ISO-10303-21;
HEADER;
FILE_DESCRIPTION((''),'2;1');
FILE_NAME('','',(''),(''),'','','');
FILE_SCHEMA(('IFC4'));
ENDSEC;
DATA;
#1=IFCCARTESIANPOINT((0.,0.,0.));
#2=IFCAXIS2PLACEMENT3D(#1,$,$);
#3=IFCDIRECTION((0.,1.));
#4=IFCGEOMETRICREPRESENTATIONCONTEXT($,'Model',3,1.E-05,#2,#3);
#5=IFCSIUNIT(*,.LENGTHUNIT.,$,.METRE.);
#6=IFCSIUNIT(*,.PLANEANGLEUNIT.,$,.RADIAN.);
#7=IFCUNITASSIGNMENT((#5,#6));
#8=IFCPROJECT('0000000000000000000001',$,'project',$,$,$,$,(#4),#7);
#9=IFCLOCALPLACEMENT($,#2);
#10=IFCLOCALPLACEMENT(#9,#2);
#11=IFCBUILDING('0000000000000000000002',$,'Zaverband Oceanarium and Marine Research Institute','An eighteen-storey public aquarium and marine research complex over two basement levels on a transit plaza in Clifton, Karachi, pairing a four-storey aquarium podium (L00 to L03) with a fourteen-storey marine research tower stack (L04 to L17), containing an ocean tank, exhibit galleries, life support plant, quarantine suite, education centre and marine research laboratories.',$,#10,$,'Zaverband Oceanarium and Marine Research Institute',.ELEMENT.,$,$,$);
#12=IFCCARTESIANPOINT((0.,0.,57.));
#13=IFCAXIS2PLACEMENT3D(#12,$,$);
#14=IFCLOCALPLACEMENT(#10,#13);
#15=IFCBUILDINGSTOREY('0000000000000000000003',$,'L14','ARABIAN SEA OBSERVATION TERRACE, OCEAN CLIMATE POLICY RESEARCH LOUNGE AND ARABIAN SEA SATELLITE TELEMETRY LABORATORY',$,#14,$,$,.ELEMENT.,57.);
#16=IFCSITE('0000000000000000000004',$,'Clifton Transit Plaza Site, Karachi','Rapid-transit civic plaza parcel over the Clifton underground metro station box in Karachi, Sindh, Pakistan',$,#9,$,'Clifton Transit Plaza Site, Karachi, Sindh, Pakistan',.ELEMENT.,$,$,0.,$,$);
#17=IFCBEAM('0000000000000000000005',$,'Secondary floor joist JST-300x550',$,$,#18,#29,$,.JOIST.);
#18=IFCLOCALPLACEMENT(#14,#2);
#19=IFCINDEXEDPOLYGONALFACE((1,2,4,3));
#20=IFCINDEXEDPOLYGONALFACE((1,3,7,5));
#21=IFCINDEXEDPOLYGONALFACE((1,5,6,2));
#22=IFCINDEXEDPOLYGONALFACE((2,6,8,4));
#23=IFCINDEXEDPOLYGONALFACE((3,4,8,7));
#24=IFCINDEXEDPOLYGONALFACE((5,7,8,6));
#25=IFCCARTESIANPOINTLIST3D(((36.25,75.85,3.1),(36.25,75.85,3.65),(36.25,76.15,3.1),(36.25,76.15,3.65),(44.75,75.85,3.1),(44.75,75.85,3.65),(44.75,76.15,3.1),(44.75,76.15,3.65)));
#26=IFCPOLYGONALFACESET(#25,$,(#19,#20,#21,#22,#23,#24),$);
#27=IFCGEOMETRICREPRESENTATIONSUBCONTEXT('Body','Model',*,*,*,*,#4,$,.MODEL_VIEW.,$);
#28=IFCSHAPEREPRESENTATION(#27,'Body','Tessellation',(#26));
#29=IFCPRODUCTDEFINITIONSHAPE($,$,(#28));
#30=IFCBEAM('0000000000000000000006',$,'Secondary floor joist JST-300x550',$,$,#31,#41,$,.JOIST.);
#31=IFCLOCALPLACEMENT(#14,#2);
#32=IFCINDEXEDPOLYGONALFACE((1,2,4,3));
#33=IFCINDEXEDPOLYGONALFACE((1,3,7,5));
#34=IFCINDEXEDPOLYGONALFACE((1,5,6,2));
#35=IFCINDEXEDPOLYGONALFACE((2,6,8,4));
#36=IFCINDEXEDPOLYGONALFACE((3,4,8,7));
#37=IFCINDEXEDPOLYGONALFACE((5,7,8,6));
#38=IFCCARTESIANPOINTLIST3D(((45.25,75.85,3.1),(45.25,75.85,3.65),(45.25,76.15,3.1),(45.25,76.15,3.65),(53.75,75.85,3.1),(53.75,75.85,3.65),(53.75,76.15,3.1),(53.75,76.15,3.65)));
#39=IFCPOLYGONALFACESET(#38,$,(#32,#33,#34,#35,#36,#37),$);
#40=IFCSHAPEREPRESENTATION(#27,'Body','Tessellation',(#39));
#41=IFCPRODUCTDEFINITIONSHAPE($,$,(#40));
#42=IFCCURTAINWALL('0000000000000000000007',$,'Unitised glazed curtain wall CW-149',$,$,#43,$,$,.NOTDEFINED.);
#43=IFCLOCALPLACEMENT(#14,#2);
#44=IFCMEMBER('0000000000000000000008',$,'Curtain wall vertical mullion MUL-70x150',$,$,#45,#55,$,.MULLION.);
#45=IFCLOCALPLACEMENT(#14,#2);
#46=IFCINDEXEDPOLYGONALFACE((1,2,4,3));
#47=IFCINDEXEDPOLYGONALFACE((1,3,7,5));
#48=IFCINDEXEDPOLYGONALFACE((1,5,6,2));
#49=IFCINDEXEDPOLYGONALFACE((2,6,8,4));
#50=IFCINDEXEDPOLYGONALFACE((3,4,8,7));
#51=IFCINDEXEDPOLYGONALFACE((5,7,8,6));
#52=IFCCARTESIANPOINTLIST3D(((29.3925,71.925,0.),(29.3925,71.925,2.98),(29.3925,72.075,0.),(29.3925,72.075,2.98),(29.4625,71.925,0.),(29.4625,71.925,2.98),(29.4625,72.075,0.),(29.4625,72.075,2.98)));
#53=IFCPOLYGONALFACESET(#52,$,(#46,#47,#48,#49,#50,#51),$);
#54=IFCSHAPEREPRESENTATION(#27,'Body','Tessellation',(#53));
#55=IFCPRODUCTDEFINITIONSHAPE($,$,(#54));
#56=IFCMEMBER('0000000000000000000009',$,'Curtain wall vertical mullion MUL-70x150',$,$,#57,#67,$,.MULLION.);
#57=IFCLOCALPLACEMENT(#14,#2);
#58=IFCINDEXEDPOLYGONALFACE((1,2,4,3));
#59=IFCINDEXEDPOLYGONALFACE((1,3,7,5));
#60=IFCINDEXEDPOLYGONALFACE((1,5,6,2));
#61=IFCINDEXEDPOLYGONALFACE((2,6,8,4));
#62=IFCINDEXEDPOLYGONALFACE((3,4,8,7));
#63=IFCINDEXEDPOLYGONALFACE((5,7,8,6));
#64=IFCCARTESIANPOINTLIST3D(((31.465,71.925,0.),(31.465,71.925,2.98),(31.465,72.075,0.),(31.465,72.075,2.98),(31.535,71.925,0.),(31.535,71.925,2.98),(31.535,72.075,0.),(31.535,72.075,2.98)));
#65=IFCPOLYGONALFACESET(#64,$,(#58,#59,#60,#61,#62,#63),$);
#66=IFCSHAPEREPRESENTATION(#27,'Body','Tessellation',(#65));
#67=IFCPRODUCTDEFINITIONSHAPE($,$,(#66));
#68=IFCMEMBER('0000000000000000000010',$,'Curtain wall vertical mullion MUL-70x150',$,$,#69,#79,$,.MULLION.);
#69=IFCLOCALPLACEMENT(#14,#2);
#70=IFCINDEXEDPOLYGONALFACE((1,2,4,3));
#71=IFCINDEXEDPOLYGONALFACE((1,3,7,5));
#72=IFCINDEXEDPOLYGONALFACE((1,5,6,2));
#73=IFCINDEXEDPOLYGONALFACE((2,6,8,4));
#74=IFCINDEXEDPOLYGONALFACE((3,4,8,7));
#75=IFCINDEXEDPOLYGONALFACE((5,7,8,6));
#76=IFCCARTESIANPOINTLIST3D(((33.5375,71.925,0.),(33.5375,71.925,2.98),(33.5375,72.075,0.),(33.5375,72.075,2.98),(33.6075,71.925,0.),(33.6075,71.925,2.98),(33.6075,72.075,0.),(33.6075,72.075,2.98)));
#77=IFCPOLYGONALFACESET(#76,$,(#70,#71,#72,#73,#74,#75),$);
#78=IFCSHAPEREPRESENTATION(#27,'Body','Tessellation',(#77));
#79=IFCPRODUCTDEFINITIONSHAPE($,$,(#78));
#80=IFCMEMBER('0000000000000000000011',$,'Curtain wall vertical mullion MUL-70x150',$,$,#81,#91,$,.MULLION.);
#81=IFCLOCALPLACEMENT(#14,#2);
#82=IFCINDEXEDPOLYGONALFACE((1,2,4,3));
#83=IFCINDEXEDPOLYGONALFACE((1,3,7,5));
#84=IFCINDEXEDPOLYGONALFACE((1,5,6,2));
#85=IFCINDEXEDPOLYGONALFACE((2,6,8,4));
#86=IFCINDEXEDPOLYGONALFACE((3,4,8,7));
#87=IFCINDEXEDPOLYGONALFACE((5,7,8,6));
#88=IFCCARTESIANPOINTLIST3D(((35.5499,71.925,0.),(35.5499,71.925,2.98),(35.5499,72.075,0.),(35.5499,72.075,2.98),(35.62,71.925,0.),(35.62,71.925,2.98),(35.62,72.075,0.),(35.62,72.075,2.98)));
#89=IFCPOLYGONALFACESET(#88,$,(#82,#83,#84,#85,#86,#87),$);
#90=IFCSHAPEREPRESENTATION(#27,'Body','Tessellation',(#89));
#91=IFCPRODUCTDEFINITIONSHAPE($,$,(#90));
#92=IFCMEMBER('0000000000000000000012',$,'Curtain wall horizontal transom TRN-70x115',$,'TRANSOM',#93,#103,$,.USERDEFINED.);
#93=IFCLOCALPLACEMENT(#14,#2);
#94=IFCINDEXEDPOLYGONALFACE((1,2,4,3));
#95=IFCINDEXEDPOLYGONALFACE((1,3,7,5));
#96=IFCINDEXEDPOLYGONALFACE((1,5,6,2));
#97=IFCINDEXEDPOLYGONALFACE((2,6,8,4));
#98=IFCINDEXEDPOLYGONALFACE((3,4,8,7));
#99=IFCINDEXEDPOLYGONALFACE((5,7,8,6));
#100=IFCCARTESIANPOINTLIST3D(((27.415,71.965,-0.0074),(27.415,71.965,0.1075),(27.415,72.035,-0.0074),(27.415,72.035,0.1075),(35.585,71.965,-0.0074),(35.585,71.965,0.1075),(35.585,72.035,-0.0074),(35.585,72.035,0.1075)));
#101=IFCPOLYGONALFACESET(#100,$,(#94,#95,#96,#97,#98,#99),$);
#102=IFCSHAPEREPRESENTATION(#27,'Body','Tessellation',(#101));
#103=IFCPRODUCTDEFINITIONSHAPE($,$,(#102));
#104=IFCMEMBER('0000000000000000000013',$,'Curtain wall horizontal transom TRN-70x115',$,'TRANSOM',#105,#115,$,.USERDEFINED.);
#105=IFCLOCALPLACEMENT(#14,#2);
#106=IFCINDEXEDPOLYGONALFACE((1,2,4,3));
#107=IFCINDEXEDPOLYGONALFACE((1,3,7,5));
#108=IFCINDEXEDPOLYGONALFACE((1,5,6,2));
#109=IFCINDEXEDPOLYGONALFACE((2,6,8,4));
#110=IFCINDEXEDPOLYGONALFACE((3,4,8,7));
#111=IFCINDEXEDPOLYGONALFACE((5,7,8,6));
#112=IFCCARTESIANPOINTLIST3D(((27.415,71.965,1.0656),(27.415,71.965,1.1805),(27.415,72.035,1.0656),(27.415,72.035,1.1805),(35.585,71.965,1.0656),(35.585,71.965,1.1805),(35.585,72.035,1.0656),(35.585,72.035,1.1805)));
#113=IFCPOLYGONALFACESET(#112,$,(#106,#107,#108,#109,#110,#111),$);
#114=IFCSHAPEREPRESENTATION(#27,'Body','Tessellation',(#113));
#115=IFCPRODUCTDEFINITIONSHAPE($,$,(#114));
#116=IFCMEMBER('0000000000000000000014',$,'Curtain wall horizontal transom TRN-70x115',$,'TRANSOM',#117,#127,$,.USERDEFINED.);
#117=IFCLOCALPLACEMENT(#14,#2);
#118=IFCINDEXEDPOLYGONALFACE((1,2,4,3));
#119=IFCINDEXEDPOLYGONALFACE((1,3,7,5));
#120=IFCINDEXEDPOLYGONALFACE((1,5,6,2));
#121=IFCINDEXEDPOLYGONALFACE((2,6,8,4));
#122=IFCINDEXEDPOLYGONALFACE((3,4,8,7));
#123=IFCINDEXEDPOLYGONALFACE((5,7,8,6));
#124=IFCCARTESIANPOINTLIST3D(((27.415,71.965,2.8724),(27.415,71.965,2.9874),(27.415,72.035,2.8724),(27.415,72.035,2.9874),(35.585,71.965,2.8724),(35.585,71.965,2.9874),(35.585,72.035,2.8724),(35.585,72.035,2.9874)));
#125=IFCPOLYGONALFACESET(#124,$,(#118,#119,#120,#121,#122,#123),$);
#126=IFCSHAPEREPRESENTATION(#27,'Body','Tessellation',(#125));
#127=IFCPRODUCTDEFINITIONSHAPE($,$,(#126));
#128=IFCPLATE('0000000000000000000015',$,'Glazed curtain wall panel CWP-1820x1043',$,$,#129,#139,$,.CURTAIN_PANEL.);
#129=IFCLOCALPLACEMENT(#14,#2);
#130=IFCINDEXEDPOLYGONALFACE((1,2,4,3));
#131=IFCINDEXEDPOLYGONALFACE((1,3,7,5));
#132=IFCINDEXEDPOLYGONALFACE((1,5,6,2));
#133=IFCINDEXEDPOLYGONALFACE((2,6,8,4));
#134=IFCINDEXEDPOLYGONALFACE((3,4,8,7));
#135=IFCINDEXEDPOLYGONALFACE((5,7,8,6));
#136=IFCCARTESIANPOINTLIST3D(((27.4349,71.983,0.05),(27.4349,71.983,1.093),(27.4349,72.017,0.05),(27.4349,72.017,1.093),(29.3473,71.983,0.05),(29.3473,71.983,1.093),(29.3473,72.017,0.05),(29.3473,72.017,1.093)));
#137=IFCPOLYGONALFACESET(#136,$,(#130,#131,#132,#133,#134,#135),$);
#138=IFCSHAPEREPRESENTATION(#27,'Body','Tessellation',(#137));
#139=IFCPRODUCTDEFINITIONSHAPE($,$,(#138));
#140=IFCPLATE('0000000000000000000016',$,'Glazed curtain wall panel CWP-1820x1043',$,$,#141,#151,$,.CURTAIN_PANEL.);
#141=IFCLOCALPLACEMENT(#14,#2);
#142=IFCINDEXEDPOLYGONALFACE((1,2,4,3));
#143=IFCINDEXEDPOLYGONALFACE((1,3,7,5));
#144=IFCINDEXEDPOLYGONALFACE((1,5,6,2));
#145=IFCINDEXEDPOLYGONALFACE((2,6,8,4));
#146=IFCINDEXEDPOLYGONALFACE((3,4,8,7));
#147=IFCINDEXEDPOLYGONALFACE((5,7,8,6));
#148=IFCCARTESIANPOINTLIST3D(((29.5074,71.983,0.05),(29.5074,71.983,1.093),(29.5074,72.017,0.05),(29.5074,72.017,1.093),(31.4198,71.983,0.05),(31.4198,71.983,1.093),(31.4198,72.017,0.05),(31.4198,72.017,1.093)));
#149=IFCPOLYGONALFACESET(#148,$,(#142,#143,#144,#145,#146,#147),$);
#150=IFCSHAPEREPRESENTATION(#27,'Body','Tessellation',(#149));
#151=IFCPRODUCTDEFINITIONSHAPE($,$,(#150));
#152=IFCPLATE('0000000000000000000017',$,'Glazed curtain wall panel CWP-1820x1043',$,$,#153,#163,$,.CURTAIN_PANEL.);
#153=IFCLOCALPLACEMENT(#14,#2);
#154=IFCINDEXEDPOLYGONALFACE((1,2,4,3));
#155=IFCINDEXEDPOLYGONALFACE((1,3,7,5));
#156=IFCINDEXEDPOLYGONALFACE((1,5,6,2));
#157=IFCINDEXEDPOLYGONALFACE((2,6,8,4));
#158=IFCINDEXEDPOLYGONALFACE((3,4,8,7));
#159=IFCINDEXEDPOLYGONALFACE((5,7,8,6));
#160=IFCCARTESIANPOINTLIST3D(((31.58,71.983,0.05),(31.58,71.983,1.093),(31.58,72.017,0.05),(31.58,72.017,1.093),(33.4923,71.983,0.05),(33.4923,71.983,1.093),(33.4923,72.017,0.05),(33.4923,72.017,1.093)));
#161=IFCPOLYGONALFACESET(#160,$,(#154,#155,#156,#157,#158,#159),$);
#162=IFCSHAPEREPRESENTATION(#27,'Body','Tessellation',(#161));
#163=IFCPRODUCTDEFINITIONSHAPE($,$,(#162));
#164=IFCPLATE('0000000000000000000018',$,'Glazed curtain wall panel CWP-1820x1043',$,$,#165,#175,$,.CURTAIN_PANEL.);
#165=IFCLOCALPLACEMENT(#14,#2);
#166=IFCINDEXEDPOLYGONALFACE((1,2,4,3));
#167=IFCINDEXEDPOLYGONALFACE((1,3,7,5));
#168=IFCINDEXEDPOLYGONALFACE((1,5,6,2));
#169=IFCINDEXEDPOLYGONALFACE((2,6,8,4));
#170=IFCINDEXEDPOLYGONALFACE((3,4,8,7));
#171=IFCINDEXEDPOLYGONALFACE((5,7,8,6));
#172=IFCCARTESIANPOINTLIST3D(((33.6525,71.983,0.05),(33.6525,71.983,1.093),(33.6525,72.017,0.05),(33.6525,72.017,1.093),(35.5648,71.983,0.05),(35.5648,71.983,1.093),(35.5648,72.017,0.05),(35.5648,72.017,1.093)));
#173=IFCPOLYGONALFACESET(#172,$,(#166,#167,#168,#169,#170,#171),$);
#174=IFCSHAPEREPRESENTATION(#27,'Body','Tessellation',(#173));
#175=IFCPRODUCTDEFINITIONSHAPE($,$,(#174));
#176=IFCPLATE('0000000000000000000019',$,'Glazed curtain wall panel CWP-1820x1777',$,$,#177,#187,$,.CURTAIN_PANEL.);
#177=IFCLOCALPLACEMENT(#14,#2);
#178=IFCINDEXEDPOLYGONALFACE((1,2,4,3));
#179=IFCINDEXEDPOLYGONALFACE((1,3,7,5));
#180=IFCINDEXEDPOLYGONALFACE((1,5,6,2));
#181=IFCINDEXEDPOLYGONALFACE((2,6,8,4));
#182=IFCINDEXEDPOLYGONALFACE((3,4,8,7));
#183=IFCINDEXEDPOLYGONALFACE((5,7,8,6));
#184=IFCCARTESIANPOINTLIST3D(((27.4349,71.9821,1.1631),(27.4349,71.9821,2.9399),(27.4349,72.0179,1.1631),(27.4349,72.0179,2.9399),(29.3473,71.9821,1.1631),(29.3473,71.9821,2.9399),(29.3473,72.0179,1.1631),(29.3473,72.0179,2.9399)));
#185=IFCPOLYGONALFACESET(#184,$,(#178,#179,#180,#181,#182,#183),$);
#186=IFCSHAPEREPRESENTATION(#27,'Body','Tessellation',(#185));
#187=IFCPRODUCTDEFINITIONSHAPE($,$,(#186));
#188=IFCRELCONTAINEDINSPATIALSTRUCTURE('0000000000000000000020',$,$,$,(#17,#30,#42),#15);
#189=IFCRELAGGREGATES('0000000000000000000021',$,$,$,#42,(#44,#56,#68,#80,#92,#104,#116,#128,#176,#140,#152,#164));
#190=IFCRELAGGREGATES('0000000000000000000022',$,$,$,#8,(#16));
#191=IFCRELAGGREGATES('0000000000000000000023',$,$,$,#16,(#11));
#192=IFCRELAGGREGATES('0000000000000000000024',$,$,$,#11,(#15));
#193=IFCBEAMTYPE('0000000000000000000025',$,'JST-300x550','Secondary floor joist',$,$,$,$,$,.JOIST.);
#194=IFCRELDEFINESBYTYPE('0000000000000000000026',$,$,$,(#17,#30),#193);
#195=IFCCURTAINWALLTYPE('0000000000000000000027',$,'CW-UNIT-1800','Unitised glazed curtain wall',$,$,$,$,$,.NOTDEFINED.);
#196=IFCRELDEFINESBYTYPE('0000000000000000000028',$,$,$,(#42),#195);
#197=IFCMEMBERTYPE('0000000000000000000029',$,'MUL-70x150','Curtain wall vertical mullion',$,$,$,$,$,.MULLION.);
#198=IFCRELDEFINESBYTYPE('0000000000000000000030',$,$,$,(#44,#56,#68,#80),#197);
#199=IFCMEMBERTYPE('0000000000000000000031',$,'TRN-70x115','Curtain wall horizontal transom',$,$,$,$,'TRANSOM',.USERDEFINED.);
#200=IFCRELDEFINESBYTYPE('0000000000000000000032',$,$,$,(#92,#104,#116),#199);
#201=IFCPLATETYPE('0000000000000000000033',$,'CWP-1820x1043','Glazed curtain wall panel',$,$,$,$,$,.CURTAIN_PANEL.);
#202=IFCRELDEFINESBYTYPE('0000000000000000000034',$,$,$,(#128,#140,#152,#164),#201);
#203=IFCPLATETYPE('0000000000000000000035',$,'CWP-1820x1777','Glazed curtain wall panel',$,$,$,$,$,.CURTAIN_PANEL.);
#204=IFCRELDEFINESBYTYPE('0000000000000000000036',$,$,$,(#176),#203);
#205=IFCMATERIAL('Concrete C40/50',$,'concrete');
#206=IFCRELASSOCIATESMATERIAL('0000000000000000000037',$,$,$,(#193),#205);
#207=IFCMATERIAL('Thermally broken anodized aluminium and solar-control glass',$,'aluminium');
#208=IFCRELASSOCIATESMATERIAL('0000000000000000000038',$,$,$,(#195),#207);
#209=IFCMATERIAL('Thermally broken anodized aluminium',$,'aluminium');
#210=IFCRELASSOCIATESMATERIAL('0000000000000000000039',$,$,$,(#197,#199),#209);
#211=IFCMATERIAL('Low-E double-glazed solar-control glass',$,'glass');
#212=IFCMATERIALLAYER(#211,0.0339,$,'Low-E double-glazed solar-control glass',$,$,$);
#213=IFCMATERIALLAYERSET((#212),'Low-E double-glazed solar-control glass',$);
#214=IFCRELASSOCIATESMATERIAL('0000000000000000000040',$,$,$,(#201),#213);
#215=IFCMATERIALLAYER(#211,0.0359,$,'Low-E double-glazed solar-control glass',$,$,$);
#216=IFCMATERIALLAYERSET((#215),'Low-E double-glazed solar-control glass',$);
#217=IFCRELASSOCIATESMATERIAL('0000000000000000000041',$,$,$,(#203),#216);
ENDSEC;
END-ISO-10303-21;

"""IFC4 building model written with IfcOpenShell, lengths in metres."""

from ifc_helpers import new_model, si_unit, direction, frame, frame_2d, origin, origin_2d, place, context, subcontext, project, spatial, rectangle, extrude, material, layer, layer_set, material_profile, profile_set, type_object, element, aggregate, save


model = new_model("IFC4")

# Units and contexts
model_context = context("Model", 3, precision=1e-05, world=origin(), true_north=direction((0.0, 1.0)))
body_context = subcontext(model_context, "Body", "Model", "MODEL_VIEW")
ifc_project = project(units=[si_unit("LENGTHUNIT", "METRE"), si_unit("PLANEANGLEUNIT", "RADIAN")], contexts=[model_context])

# Site, building, storey
site_placement = place(None, origin())
site = spatial("IfcSite", under=ifc_project, at=site_placement, Name="Clifton Transit Plaza Site, Karachi", Description="Rapid-transit civic plaza parcel over the Clifton underground metro station box in Karachi, Sindh, Pakistan", LongName="Clifton Transit Plaza Site, Karachi, Sindh, Pakistan", CompositionType="ELEMENT", RefElevation=0.0)
building_placement = place(site_placement, origin())
building = spatial("IfcBuilding", under=site, at=building_placement, Name="Zaverband Oceanarium and Marine Research Institute", Description="An eighteen-storey public aquarium and marine research complex over two basement levels on a transit plaza in Clifton, Karachi, pairing a four-storey aquarium podium (L00 to L03) with a fourteen-storey marine research tower stack (L04 to L17), containing an ocean tank, exhibit galleries, life support plant, quarantine suite, education centre and marine research laboratories.", LongName="Zaverband Oceanarium and Marine Research Institute", CompositionType="ELEMENT")
storey_placement = place(building_placement, frame((0.0, 0.0, 57.0)))
storey = spatial("IfcBuildingStorey", under=building, at=storey_placement, Name="L14", Description="ARABIAN SEA OBSERVATION TERRACE, OCEAN CLIMATE POLICY RESEARCH LOUNGE AND ARABIAN SEA SATELLITE TELEMETRY LABORATORY", CompositionType="ELEMENT", Elevation=57.0)

# Beams
ifc_material_1 = material(Name="Concrete C40/50", Category="concrete")
ifc_material_profile_1 = material_profile(ifc_material_1, rectangle(XDim=0.3, YDim=0.55, at=origin_2d()), Name="RC300x550")
ifc_profile_set_1 = profile_set([ifc_material_profile_1], Name="Concrete C40/50")
beam_type = type_object("IfcBeamType", Name="JST-300x550", Description="Secondary floor joist", PredefinedType="JOIST", material=ifc_profile_set_1)
for number, where, z_axis, x_axis, name in (
    (1, (36.25, 76.0, 3.375), (1.0, 0.0, 0.0), (0.0, 1.0, 0.0), "Secondary floor joist JST-300x550"),
    (2, (45.25, 76.0, 3.375), (1.0, 0.0, 0.0), (0.0, 1.0, 0.0), "Secondary floor joist JST-300x550"),
):
    element("IfcBeam", number, at=place(storey_placement, frame(where, z_axis=z_axis, x_axis=x_axis)), inside=storey, type_object=beam_type, Name=name, PredefinedType="JOIST", context=body_context, shape_type="SweptSolid", body=[
        extrude(rectangle(XDim=0.3, YDim=0.55, at=origin_2d()), origin(), (0.0, 0.0, 1.0), 8.5),
    ])

# Curtain wall, members, plates
ifc_material_2 = material(Name="Thermally broken anodized aluminium and solar-control glass", Category="aluminium")
curtain_wall_type = type_object("IfcCurtainWallType", Name="CW-UNIT-1800", Description="Unitised glazed curtain wall", PredefinedType="NOTDEFINED", material=ifc_material_2)
curtain_wall_placement = place(storey_placement, origin())
curtain_wall = element("IfcCurtainWall", 3, at=curtain_wall_placement, inside=storey, type_object=curtain_wall_type, Name="Unitised glazed curtain wall CW-149", PredefinedType="NOTDEFINED")
ifc_material_3 = material(Name="Thermally broken anodized aluminium", Category="aluminium")
ifc_material_profile_2 = material_profile(ifc_material_3, rectangle(XDim=0.0701, YDim=0.1499, at=origin_2d()), Name="AL-MUL-70x150")
ifc_profile_set_2 = profile_set([ifc_material_profile_2], Name="Thermally broken anodized aluminium")
member_type_1 = type_object("IfcMemberType", Name="MUL-70x150", Description="Curtain wall vertical mullion", PredefinedType="MULLION", material=ifc_profile_set_2)
member_1_placement = place(storey_placement, frame((29.4275, 72.0, 0.0), z_axis=(0.0, 0.0, 1.0), x_axis=(1.0, 0.0, 0.0)))
member_1 = element("IfcMember", 4, at=member_1_placement, type_object=member_type_1, Name="Curtain wall vertical mullion MUL-70x150", PredefinedType="MULLION", context=body_context, shape_type="SweptSolid", body=[
    extrude(rectangle(XDim=0.0701, YDim=0.1499, at=origin_2d()), origin(), (0.0, 0.0, 1.0), 2.98),
])
member_2_placement = place(storey_placement, frame((31.5, 72.0, 0.0), z_axis=(0.0, 0.0, 1.0), x_axis=(1.0, 0.0, 0.0)))
member_2 = element("IfcMember", 5, at=member_2_placement, type_object=member_type_1, Name="Curtain wall vertical mullion MUL-70x150", PredefinedType="MULLION", context=body_context, shape_type="SweptSolid", body=[
    extrude(rectangle(XDim=0.0701, YDim=0.1499, at=origin_2d()), origin(), (0.0, 0.0, 1.0), 2.98),
])
member_3_placement = place(storey_placement, frame((33.5725, 72.0, 0.0), z_axis=(0.0, 0.0, 1.0), x_axis=(1.0, 0.0, 0.0)))
member_3 = element("IfcMember", 6, at=member_3_placement, type_object=member_type_1, Name="Curtain wall vertical mullion MUL-70x150", PredefinedType="MULLION", context=body_context, shape_type="SweptSolid", body=[
    extrude(rectangle(XDim=0.0701, YDim=0.1499, at=origin_2d()), origin(), (0.0, 0.0, 1.0), 2.98),
])
member_4_placement = place(storey_placement, frame((35.585, 72.0, 0.0), z_axis=(0.0, 0.0, 1.0), x_axis=(1.0, 0.0, 0.0)))
member_4 = element("IfcMember", 7, at=member_4_placement, type_object=member_type_1, Name="Curtain wall vertical mullion MUL-70x150", PredefinedType="MULLION", context=body_context, shape_type="SweptSolid", body=[
    extrude(rectangle(XDim=0.0701, YDim=0.1499, at=origin_2d()), origin(), (0.0, 0.0, 1.0), 2.98),
])
ifc_material_profile_3 = material_profile(ifc_material_3, rectangle(XDim=0.0701, YDim=0.115, at=origin_2d()), Name="AL-TRN-70x115")
ifc_profile_set_3 = profile_set([ifc_material_profile_3], Name="Thermally broken anodized aluminium")
member_type_2 = type_object("IfcMemberType", Name="TRN-70x115", Description="Curtain wall horizontal transom", ElementType="TRANSOM", PredefinedType="USERDEFINED", material=ifc_profile_set_3)
member_5_placement = place(storey_placement, frame((27.415, 72.0, 0.05), z_axis=(1.0, 0.0, 0.0), x_axis=(0.0, 1.0, 0.0)))
member_5 = element("IfcMember", 8, at=member_5_placement, type_object=member_type_2, Name="Curtain wall horizontal transom TRN-70x115", ObjectType="TRANSOM", PredefinedType="USERDEFINED", context=body_context, shape_type="SweptSolid", body=[
    extrude(rectangle(XDim=0.0701, YDim=0.115, at=origin_2d()), origin(), (0.0, 0.0, 1.0), 8.1699),
])
member_6_placement = place(storey_placement, frame((27.415, 72.0, 1.123), z_axis=(1.0, 0.0, 0.0), x_axis=(0.0, 1.0, 0.0)))
member_6 = element("IfcMember", 9, at=member_6_placement, type_object=member_type_2, Name="Curtain wall horizontal transom TRN-70x115", ObjectType="TRANSOM", PredefinedType="USERDEFINED", context=body_context, shape_type="SweptSolid", body=[
    extrude(rectangle(XDim=0.0701, YDim=0.115, at=origin_2d()), origin(), (0.0, 0.0, 1.0), 8.1699),
])
member_7_placement = place(storey_placement, frame((27.415, 72.0, 2.9299), z_axis=(1.0, 0.0, 0.0), x_axis=(0.0, 1.0, 0.0)))
member_7 = element("IfcMember", 10, at=member_7_placement, type_object=member_type_2, Name="Curtain wall horizontal transom TRN-70x115", ObjectType="TRANSOM", PredefinedType="USERDEFINED", context=body_context, shape_type="SweptSolid", body=[
    extrude(rectangle(XDim=0.0701, YDim=0.115, at=origin_2d()), origin(), (0.0, 0.0, 1.0), 8.1699),
])
ifc_material_4 = material(Name="Low-E double-glazed solar-control glass", Category="glass")
ifc_layer_1 = layer(ifc_material_4, 0.0339, Name="Low-E double-glazed solar-control glass")
ifc_layer_set_1 = layer_set([ifc_layer_1], Name="Low-E double-glazed solar-control glass")
plate_type_1 = type_object("IfcPlateType", Name="CWP-1820x1043", Description="Glazed curtain wall panel", PredefinedType="CURTAIN_PANEL", material=ifc_layer_set_1)
plate_1_placement = place(storey_placement, frame((27.4351, 72.0, 0.05), z_axis=(0.0, 0.0, 1.0), x_axis=(1.0, 0.0, 0.0)))
plate_1 = element("IfcPlate", 11, at=plate_1_placement, type_object=plate_type_1, Name="Glazed curtain wall panel CWP-1820x1043", PredefinedType="CURTAIN_PANEL", context=body_context, shape_type="SweptSolid", body=[
    extrude(rectangle(XDim=1.9124, YDim=0.0339, at=frame_2d((0.9561, 0.0))), origin(), (0.0, 0.0, 1.0), 1.043),
])
plate_2_placement = place(storey_placement, frame((29.5076, 72.0, 0.05), z_axis=(0.0, 0.0, 1.0), x_axis=(1.0, 0.0, 0.0)))
plate_2 = element("IfcPlate", 12, at=plate_2_placement, type_object=plate_type_1, Name="Glazed curtain wall panel CWP-1820x1043", PredefinedType="CURTAIN_PANEL", context=body_context, shape_type="SweptSolid", body=[
    extrude(rectangle(XDim=1.9124, YDim=0.0339, at=frame_2d((0.9561, 0.0))), origin(), (0.0, 0.0, 1.0), 1.043),
])
plate_3_placement = place(storey_placement, frame((31.5801, 72.0, 0.05), z_axis=(0.0, 0.0, 1.0), x_axis=(1.0, 0.0, 0.0)))
plate_3 = element("IfcPlate", 13, at=plate_3_placement, type_object=plate_type_1, Name="Glazed curtain wall panel CWP-1820x1043", PredefinedType="CURTAIN_PANEL", context=body_context, shape_type="SweptSolid", body=[
    extrude(rectangle(XDim=1.9124, YDim=0.0339, at=frame_2d((0.9561, 0.0))), origin(), (0.0, 0.0, 1.0), 1.043),
])
plate_4_placement = place(storey_placement, frame((33.6526, 72.0, 0.05), z_axis=(0.0, 0.0, 1.0), x_axis=(1.0, 0.0, 0.0)))
plate_4 = element("IfcPlate", 14, at=plate_4_placement, type_object=plate_type_1, Name="Glazed curtain wall panel CWP-1820x1043", PredefinedType="CURTAIN_PANEL", context=body_context, shape_type="SweptSolid", body=[
    extrude(rectangle(XDim=1.9124, YDim=0.0339, at=frame_2d((0.9561, 0.0))), origin(), (0.0, 0.0, 1.0), 1.043),
])
ifc_layer_2 = layer(ifc_material_4, 0.0359, Name="Low-E double-glazed solar-control glass")
ifc_layer_set_2 = layer_set([ifc_layer_2], Name="Low-E double-glazed solar-control glass")
plate_type_2 = type_object("IfcPlateType", Name="CWP-1820x1777", Description="Glazed curtain wall panel", PredefinedType="CURTAIN_PANEL", material=ifc_layer_set_2)
plate_5_placement = place(storey_placement, frame((27.4351, 72.0, 1.1631), z_axis=(0.0, 0.0, 1.0), x_axis=(1.0, 0.0, 0.0)))
plate_5 = element("IfcPlate", 15, at=plate_5_placement, type_object=plate_type_2, Name="Glazed curtain wall panel CWP-1820x1777", PredefinedType="CURTAIN_PANEL", context=body_context, shape_type="SweptSolid", body=[
    extrude(rectangle(XDim=1.9124, YDim=0.0359, at=frame_2d((0.9561, 0.0))), origin(), (0.0, 0.0, 1.0), 1.7769),
])
aggregate(curtain_wall, [member_1, member_2, member_3, member_4, member_5, member_6, member_7, plate_1, plate_5, plate_2, plate_3, plate_4])

save(model, "model.ifc")
